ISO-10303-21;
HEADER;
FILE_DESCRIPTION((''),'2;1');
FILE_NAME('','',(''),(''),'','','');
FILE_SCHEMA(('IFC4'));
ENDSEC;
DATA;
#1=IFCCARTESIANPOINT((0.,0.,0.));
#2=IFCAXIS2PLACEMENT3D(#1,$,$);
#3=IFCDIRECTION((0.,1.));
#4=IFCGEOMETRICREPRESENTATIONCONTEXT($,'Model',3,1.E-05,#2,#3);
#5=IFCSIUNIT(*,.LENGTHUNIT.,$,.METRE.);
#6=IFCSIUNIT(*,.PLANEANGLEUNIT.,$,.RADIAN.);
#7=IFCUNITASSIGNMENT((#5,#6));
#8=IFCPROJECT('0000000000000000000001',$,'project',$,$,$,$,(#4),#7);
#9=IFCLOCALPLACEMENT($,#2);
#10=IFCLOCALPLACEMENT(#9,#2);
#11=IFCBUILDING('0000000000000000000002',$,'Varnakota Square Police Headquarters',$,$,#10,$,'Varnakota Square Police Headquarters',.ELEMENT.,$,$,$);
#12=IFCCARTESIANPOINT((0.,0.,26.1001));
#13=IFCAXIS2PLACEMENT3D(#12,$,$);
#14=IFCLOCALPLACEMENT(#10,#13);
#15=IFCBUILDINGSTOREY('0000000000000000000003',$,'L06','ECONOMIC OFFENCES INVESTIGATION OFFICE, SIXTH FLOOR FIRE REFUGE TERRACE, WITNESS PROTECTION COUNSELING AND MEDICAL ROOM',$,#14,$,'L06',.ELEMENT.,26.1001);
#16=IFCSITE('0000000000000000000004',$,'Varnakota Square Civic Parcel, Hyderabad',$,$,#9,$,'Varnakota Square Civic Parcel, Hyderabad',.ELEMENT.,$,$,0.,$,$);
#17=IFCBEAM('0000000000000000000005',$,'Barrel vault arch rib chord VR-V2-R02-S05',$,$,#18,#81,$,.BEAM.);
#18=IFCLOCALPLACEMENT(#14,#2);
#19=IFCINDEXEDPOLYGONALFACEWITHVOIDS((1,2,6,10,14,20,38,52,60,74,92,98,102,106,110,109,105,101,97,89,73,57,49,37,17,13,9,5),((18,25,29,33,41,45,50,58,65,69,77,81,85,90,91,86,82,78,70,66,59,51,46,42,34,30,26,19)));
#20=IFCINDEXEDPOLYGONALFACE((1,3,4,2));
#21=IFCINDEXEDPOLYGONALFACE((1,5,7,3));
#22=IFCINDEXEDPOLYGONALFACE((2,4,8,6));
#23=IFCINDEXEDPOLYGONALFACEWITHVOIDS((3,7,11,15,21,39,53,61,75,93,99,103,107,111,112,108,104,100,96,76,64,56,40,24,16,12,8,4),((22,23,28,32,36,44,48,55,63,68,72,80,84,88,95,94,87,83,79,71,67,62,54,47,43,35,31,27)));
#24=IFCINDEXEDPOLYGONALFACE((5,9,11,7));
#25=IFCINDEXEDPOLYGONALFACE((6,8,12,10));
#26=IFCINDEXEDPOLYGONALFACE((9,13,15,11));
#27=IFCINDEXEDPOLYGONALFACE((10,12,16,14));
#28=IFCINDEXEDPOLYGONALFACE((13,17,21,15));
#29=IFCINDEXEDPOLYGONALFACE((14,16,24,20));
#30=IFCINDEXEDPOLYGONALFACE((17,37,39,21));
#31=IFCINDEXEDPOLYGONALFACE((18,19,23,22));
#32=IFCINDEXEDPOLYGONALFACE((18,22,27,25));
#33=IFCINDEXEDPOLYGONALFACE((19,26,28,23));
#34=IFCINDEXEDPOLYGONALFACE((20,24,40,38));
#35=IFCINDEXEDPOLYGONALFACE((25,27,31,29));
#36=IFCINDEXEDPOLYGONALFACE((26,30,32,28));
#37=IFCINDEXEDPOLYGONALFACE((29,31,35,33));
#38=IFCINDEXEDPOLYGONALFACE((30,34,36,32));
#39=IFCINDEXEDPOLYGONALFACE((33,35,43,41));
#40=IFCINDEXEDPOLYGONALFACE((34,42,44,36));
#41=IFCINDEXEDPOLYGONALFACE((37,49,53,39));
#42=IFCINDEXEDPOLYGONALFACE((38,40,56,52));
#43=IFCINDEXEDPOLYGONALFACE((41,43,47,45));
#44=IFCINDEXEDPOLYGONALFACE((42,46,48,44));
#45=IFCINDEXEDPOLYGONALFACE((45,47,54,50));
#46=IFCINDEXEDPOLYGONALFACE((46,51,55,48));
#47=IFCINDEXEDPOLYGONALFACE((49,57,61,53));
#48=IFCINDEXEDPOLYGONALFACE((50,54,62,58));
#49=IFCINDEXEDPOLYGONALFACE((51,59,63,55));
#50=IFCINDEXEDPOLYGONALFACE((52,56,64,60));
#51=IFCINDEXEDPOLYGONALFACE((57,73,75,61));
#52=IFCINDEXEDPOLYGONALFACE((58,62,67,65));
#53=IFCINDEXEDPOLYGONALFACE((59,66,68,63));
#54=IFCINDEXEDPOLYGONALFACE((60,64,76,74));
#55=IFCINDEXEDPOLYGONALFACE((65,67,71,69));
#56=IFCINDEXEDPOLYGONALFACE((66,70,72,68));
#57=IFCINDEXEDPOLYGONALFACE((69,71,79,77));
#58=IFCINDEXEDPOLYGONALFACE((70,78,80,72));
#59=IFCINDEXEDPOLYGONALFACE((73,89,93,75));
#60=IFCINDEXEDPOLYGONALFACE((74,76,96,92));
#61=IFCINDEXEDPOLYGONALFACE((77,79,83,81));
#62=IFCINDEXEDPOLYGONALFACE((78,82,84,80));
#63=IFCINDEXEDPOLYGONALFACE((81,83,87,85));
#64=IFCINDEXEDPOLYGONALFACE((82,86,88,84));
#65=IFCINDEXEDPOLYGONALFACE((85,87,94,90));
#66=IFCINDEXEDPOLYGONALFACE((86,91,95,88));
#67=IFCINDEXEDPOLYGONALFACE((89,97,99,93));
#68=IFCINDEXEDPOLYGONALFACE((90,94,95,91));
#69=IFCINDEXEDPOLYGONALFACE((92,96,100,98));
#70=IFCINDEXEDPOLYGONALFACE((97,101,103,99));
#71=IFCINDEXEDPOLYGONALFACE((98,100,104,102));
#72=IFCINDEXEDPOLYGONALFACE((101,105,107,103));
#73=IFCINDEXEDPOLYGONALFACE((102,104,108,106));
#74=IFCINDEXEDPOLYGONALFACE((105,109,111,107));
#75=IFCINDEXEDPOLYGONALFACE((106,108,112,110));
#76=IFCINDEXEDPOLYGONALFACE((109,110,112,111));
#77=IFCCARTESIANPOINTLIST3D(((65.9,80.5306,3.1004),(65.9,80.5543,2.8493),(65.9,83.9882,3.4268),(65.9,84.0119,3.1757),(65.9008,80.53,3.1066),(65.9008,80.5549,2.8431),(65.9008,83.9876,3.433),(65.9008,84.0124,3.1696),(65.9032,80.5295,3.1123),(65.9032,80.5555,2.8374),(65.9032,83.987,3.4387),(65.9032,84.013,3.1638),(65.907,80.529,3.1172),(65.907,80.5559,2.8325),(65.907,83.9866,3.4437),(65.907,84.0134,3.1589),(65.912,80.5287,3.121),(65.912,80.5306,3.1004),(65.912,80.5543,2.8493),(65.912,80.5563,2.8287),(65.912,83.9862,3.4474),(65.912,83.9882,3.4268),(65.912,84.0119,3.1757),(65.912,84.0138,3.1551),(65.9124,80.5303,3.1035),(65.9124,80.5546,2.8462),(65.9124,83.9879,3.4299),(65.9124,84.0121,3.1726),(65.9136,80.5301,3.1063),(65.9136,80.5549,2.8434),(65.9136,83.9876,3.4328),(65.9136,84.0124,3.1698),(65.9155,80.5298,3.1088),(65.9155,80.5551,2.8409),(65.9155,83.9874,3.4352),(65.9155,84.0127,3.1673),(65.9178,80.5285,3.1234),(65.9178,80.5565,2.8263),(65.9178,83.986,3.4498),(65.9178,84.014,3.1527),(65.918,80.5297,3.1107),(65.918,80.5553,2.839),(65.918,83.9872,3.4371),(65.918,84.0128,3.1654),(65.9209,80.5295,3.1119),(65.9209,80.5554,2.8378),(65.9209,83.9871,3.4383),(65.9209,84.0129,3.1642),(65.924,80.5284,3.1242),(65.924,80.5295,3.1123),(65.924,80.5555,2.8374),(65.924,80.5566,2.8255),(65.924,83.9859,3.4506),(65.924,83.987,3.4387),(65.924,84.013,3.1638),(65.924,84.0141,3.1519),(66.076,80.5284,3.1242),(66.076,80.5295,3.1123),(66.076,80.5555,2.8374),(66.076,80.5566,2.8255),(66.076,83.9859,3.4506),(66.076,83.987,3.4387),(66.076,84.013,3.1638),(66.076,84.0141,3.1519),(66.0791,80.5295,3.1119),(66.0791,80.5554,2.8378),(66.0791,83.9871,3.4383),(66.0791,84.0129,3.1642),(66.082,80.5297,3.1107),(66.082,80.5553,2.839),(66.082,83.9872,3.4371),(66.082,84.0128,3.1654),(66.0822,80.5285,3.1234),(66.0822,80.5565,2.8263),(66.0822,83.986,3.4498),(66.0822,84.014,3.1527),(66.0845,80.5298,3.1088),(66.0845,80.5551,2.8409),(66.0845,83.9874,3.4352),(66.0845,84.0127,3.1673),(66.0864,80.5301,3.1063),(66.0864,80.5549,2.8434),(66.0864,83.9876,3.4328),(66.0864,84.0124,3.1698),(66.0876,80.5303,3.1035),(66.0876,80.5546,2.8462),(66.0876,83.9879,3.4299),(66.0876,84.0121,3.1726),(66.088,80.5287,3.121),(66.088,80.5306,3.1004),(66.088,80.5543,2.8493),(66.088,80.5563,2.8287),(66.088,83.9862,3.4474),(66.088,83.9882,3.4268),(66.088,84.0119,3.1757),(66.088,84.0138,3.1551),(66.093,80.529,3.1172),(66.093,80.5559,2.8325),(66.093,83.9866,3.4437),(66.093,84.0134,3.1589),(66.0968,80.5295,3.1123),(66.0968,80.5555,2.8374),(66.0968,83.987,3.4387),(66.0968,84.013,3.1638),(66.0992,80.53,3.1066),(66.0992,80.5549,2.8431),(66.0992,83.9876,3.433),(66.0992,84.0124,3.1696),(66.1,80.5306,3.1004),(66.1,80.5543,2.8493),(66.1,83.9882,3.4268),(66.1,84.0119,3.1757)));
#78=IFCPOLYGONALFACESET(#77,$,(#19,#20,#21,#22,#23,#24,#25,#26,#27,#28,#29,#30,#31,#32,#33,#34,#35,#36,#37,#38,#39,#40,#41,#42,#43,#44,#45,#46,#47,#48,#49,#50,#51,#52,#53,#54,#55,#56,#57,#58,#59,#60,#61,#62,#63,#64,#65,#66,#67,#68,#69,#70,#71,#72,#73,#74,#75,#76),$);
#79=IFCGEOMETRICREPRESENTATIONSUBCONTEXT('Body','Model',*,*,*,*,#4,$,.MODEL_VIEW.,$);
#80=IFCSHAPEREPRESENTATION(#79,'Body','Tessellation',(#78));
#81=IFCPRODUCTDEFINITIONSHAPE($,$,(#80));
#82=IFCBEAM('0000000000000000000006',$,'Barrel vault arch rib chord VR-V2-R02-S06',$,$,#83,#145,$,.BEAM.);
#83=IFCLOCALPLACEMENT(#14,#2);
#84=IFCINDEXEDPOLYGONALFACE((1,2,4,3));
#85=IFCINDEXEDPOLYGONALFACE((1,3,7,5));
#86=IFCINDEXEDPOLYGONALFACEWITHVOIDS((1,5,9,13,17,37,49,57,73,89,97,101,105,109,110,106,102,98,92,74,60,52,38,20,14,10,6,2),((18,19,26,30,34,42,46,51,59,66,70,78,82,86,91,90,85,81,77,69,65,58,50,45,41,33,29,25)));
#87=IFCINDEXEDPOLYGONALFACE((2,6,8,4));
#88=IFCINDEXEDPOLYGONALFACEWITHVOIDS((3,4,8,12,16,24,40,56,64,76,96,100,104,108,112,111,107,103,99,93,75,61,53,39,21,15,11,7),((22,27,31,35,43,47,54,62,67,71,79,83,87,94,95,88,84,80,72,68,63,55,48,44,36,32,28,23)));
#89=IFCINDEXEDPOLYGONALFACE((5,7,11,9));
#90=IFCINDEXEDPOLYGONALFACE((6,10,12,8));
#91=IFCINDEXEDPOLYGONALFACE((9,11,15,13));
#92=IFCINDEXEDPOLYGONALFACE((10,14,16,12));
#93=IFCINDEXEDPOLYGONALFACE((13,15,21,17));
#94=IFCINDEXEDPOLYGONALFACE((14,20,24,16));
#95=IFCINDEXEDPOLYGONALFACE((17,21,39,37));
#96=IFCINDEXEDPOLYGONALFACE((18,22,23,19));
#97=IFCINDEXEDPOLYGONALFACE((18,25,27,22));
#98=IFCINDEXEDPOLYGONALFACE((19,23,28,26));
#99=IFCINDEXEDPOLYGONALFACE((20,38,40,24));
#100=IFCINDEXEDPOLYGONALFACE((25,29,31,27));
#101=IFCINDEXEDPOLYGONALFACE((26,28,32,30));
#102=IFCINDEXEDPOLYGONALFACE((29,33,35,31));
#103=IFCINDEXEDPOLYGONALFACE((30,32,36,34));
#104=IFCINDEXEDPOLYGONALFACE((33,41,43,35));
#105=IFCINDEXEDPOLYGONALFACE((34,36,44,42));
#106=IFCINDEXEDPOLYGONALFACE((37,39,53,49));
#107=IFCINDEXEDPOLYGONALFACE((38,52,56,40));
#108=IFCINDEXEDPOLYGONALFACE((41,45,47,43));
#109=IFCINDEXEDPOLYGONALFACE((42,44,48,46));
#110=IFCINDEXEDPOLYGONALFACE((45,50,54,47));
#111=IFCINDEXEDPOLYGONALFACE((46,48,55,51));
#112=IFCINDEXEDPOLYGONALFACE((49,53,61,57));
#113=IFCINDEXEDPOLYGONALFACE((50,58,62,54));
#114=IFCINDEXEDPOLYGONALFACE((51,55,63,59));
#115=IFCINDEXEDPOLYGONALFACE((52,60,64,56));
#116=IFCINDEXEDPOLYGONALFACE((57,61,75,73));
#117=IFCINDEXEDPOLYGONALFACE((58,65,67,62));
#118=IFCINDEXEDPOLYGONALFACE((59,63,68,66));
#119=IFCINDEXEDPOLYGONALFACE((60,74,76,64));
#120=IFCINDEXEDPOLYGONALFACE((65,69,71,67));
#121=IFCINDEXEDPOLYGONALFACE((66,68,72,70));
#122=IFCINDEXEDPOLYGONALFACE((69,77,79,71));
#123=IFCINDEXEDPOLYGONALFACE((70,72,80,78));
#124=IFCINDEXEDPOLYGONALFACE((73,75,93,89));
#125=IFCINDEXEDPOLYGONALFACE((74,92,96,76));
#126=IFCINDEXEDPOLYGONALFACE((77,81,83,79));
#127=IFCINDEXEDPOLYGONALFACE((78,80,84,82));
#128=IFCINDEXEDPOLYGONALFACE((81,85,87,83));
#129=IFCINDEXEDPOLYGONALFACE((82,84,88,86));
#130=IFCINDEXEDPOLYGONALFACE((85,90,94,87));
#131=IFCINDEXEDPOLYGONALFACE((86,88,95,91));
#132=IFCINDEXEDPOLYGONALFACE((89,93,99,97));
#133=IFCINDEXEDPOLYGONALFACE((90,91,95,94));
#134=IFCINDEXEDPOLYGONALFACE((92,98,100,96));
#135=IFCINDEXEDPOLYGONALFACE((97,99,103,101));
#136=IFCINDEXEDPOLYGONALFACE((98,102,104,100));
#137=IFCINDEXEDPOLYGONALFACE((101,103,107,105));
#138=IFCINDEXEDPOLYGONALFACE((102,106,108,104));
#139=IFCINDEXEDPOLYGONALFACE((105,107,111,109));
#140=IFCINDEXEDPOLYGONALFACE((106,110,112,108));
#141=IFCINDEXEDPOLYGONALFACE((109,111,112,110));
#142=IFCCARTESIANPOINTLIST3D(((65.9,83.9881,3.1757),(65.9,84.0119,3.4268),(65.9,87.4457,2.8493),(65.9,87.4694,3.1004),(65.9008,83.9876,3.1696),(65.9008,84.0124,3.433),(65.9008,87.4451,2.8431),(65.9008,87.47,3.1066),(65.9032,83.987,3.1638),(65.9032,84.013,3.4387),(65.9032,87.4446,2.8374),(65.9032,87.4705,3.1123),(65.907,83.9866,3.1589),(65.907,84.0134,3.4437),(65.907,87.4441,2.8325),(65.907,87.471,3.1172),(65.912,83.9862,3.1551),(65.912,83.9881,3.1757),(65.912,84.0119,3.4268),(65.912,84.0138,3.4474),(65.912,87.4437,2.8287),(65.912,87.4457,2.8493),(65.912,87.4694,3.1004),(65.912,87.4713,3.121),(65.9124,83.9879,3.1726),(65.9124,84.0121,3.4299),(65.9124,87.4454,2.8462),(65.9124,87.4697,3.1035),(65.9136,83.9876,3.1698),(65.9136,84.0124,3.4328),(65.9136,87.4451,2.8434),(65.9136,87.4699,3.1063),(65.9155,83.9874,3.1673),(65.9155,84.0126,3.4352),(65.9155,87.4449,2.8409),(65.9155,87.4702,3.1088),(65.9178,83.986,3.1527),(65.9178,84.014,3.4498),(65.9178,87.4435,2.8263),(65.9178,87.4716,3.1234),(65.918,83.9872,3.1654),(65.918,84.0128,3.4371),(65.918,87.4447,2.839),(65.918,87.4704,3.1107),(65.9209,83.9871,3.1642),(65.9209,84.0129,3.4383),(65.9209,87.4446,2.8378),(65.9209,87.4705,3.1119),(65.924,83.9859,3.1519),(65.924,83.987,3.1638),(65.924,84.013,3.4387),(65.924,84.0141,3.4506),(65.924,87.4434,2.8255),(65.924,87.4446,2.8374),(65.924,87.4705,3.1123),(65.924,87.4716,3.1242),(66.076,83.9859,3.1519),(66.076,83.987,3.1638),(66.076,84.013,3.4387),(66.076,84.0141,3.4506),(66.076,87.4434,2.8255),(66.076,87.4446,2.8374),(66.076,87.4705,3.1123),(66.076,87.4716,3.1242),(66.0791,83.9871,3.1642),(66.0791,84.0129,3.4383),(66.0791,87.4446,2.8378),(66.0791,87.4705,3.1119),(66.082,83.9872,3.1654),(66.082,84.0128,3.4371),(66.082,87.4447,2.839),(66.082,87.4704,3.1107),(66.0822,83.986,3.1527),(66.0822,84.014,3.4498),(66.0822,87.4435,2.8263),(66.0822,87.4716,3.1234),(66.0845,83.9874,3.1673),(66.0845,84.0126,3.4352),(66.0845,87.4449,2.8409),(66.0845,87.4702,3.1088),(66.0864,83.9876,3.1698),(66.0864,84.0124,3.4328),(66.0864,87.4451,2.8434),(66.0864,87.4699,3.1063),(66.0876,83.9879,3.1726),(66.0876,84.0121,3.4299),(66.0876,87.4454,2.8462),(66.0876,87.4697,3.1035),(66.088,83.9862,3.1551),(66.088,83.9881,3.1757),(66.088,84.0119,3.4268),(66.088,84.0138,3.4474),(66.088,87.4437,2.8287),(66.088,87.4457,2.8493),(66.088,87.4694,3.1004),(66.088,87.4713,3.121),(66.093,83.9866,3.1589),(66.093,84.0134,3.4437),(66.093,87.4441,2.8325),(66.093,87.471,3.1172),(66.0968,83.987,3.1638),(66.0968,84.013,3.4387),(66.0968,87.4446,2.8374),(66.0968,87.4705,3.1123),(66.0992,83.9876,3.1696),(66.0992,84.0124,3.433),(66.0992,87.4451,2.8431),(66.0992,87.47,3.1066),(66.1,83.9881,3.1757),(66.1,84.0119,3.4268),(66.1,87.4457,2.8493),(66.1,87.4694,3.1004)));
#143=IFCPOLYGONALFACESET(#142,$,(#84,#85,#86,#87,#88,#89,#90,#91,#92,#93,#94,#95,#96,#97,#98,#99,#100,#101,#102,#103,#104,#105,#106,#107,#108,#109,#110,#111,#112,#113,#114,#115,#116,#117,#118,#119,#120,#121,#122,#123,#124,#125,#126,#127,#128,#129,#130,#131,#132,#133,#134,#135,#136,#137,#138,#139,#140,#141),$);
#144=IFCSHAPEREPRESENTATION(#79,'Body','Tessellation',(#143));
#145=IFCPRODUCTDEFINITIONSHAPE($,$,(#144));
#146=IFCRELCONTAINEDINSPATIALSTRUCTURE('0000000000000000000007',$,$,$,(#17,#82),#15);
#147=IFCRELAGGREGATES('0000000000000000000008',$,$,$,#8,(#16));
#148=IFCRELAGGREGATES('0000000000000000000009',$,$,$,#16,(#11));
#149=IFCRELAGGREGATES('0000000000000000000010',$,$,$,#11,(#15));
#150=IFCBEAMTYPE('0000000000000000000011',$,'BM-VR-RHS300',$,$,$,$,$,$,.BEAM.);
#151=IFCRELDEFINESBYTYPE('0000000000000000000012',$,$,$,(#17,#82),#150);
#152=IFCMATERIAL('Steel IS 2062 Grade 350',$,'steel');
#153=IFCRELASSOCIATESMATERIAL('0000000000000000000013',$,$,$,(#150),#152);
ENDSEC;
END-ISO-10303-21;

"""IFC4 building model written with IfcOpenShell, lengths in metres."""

from ifc_helpers import new_model, si_unit, direction, frame, origin, origin_2d, place, context, subcontext, project, spatial, hollow_rectangle, extrude, material, material_profile, profile_set, type_object, element, save


model = new_model("IFC4")

# Units and contexts
model_context = context("Model", 3, precision=1e-05, world=origin(), true_north=direction((0.0, 1.0)))
body_context = subcontext(model_context, "Body", "Model", "MODEL_VIEW")
ifc_project = project(units=[si_unit("LENGTHUNIT", "METRE"), si_unit("PLANEANGLEUNIT", "RADIAN")], contexts=[model_context])

# Site, building, storey
site_placement = place(None, origin())
site = spatial("IfcSite", under=ifc_project, at=site_placement, Name="Varnakota Square Civic Parcel, Hyderabad", LongName="Varnakota Square Civic Parcel, Hyderabad", CompositionType="ELEMENT", RefElevation=0.0)
building_placement = place(site_placement, origin())
building = spatial("IfcBuilding", under=site, at=building_placement, Name="Varnakota Square Police Headquarters", LongName="Varnakota Square Police Headquarters", CompositionType="ELEMENT")
storey_placement = place(building_placement, frame((0.0, 0.0, 26.1001)))
storey = spatial("IfcBuildingStorey", under=building, at=storey_placement, Name="L06", Description="ECONOMIC OFFENCES INVESTIGATION OFFICE, SIXTH FLOOR FIRE REFUGE TERRACE, WITNESS PROTECTION COUNSELING AND MEDICAL ROOM", LongName="L06", CompositionType="ELEMENT", Elevation=26.1001)

# Beams
ifc_material_1 = material(Name="Steel IS 2062 Grade 350", Category="steel")
ifc_material_profile_1 = material_profile(ifc_material_1, hollow_rectangle(XDim=0.2, YDim=0.3, WallThickness=0.012, InnerFilletRadius=0.012, OuterFilletRadius=0.0239, at=origin_2d()), Name="RHS 300x200x12")
ifc_profile_set_1 = profile_set([ifc_material_profile_1], Name="Steel IS 2062 Grade 350")
beam_type = type_object("IfcBeamType", Name="BM-VR-RHS300", PredefinedType="BEAM", material=ifc_profile_set_1)
for number, where, z_axis, x_axis, name in (
    (1, (66.0, 80.5425, 2.9749), (0.0, 0.995573, 0.09399), (-1.0, 0.0, 0.0), "Barrel vault arch rib chord VR-V2-R02-S05"),
    (2, (66.0, 84.0, 3.3013), (0.0, 0.995573, -0.09399), (-1.0, 0.0, 0.0), "Barrel vault arch rib chord VR-V2-R02-S06"),
):
    element("IfcBeam", number, at=place(storey_placement, frame(where, z_axis=z_axis, x_axis=x_axis)), inside=storey, type_object=beam_type, Name=name, PredefinedType="BEAM", context=body_context, shape_type="SweptSolid", body=[
        extrude(hollow_rectangle(XDim=0.2, YDim=0.3, WallThickness=0.012, InnerFilletRadius=0.012, OuterFilletRadius=0.0239, at=origin_2d()), origin(), (0.0, 0.0, 1.0), 3.4729),
    ])

save(model, "model.ifc")
